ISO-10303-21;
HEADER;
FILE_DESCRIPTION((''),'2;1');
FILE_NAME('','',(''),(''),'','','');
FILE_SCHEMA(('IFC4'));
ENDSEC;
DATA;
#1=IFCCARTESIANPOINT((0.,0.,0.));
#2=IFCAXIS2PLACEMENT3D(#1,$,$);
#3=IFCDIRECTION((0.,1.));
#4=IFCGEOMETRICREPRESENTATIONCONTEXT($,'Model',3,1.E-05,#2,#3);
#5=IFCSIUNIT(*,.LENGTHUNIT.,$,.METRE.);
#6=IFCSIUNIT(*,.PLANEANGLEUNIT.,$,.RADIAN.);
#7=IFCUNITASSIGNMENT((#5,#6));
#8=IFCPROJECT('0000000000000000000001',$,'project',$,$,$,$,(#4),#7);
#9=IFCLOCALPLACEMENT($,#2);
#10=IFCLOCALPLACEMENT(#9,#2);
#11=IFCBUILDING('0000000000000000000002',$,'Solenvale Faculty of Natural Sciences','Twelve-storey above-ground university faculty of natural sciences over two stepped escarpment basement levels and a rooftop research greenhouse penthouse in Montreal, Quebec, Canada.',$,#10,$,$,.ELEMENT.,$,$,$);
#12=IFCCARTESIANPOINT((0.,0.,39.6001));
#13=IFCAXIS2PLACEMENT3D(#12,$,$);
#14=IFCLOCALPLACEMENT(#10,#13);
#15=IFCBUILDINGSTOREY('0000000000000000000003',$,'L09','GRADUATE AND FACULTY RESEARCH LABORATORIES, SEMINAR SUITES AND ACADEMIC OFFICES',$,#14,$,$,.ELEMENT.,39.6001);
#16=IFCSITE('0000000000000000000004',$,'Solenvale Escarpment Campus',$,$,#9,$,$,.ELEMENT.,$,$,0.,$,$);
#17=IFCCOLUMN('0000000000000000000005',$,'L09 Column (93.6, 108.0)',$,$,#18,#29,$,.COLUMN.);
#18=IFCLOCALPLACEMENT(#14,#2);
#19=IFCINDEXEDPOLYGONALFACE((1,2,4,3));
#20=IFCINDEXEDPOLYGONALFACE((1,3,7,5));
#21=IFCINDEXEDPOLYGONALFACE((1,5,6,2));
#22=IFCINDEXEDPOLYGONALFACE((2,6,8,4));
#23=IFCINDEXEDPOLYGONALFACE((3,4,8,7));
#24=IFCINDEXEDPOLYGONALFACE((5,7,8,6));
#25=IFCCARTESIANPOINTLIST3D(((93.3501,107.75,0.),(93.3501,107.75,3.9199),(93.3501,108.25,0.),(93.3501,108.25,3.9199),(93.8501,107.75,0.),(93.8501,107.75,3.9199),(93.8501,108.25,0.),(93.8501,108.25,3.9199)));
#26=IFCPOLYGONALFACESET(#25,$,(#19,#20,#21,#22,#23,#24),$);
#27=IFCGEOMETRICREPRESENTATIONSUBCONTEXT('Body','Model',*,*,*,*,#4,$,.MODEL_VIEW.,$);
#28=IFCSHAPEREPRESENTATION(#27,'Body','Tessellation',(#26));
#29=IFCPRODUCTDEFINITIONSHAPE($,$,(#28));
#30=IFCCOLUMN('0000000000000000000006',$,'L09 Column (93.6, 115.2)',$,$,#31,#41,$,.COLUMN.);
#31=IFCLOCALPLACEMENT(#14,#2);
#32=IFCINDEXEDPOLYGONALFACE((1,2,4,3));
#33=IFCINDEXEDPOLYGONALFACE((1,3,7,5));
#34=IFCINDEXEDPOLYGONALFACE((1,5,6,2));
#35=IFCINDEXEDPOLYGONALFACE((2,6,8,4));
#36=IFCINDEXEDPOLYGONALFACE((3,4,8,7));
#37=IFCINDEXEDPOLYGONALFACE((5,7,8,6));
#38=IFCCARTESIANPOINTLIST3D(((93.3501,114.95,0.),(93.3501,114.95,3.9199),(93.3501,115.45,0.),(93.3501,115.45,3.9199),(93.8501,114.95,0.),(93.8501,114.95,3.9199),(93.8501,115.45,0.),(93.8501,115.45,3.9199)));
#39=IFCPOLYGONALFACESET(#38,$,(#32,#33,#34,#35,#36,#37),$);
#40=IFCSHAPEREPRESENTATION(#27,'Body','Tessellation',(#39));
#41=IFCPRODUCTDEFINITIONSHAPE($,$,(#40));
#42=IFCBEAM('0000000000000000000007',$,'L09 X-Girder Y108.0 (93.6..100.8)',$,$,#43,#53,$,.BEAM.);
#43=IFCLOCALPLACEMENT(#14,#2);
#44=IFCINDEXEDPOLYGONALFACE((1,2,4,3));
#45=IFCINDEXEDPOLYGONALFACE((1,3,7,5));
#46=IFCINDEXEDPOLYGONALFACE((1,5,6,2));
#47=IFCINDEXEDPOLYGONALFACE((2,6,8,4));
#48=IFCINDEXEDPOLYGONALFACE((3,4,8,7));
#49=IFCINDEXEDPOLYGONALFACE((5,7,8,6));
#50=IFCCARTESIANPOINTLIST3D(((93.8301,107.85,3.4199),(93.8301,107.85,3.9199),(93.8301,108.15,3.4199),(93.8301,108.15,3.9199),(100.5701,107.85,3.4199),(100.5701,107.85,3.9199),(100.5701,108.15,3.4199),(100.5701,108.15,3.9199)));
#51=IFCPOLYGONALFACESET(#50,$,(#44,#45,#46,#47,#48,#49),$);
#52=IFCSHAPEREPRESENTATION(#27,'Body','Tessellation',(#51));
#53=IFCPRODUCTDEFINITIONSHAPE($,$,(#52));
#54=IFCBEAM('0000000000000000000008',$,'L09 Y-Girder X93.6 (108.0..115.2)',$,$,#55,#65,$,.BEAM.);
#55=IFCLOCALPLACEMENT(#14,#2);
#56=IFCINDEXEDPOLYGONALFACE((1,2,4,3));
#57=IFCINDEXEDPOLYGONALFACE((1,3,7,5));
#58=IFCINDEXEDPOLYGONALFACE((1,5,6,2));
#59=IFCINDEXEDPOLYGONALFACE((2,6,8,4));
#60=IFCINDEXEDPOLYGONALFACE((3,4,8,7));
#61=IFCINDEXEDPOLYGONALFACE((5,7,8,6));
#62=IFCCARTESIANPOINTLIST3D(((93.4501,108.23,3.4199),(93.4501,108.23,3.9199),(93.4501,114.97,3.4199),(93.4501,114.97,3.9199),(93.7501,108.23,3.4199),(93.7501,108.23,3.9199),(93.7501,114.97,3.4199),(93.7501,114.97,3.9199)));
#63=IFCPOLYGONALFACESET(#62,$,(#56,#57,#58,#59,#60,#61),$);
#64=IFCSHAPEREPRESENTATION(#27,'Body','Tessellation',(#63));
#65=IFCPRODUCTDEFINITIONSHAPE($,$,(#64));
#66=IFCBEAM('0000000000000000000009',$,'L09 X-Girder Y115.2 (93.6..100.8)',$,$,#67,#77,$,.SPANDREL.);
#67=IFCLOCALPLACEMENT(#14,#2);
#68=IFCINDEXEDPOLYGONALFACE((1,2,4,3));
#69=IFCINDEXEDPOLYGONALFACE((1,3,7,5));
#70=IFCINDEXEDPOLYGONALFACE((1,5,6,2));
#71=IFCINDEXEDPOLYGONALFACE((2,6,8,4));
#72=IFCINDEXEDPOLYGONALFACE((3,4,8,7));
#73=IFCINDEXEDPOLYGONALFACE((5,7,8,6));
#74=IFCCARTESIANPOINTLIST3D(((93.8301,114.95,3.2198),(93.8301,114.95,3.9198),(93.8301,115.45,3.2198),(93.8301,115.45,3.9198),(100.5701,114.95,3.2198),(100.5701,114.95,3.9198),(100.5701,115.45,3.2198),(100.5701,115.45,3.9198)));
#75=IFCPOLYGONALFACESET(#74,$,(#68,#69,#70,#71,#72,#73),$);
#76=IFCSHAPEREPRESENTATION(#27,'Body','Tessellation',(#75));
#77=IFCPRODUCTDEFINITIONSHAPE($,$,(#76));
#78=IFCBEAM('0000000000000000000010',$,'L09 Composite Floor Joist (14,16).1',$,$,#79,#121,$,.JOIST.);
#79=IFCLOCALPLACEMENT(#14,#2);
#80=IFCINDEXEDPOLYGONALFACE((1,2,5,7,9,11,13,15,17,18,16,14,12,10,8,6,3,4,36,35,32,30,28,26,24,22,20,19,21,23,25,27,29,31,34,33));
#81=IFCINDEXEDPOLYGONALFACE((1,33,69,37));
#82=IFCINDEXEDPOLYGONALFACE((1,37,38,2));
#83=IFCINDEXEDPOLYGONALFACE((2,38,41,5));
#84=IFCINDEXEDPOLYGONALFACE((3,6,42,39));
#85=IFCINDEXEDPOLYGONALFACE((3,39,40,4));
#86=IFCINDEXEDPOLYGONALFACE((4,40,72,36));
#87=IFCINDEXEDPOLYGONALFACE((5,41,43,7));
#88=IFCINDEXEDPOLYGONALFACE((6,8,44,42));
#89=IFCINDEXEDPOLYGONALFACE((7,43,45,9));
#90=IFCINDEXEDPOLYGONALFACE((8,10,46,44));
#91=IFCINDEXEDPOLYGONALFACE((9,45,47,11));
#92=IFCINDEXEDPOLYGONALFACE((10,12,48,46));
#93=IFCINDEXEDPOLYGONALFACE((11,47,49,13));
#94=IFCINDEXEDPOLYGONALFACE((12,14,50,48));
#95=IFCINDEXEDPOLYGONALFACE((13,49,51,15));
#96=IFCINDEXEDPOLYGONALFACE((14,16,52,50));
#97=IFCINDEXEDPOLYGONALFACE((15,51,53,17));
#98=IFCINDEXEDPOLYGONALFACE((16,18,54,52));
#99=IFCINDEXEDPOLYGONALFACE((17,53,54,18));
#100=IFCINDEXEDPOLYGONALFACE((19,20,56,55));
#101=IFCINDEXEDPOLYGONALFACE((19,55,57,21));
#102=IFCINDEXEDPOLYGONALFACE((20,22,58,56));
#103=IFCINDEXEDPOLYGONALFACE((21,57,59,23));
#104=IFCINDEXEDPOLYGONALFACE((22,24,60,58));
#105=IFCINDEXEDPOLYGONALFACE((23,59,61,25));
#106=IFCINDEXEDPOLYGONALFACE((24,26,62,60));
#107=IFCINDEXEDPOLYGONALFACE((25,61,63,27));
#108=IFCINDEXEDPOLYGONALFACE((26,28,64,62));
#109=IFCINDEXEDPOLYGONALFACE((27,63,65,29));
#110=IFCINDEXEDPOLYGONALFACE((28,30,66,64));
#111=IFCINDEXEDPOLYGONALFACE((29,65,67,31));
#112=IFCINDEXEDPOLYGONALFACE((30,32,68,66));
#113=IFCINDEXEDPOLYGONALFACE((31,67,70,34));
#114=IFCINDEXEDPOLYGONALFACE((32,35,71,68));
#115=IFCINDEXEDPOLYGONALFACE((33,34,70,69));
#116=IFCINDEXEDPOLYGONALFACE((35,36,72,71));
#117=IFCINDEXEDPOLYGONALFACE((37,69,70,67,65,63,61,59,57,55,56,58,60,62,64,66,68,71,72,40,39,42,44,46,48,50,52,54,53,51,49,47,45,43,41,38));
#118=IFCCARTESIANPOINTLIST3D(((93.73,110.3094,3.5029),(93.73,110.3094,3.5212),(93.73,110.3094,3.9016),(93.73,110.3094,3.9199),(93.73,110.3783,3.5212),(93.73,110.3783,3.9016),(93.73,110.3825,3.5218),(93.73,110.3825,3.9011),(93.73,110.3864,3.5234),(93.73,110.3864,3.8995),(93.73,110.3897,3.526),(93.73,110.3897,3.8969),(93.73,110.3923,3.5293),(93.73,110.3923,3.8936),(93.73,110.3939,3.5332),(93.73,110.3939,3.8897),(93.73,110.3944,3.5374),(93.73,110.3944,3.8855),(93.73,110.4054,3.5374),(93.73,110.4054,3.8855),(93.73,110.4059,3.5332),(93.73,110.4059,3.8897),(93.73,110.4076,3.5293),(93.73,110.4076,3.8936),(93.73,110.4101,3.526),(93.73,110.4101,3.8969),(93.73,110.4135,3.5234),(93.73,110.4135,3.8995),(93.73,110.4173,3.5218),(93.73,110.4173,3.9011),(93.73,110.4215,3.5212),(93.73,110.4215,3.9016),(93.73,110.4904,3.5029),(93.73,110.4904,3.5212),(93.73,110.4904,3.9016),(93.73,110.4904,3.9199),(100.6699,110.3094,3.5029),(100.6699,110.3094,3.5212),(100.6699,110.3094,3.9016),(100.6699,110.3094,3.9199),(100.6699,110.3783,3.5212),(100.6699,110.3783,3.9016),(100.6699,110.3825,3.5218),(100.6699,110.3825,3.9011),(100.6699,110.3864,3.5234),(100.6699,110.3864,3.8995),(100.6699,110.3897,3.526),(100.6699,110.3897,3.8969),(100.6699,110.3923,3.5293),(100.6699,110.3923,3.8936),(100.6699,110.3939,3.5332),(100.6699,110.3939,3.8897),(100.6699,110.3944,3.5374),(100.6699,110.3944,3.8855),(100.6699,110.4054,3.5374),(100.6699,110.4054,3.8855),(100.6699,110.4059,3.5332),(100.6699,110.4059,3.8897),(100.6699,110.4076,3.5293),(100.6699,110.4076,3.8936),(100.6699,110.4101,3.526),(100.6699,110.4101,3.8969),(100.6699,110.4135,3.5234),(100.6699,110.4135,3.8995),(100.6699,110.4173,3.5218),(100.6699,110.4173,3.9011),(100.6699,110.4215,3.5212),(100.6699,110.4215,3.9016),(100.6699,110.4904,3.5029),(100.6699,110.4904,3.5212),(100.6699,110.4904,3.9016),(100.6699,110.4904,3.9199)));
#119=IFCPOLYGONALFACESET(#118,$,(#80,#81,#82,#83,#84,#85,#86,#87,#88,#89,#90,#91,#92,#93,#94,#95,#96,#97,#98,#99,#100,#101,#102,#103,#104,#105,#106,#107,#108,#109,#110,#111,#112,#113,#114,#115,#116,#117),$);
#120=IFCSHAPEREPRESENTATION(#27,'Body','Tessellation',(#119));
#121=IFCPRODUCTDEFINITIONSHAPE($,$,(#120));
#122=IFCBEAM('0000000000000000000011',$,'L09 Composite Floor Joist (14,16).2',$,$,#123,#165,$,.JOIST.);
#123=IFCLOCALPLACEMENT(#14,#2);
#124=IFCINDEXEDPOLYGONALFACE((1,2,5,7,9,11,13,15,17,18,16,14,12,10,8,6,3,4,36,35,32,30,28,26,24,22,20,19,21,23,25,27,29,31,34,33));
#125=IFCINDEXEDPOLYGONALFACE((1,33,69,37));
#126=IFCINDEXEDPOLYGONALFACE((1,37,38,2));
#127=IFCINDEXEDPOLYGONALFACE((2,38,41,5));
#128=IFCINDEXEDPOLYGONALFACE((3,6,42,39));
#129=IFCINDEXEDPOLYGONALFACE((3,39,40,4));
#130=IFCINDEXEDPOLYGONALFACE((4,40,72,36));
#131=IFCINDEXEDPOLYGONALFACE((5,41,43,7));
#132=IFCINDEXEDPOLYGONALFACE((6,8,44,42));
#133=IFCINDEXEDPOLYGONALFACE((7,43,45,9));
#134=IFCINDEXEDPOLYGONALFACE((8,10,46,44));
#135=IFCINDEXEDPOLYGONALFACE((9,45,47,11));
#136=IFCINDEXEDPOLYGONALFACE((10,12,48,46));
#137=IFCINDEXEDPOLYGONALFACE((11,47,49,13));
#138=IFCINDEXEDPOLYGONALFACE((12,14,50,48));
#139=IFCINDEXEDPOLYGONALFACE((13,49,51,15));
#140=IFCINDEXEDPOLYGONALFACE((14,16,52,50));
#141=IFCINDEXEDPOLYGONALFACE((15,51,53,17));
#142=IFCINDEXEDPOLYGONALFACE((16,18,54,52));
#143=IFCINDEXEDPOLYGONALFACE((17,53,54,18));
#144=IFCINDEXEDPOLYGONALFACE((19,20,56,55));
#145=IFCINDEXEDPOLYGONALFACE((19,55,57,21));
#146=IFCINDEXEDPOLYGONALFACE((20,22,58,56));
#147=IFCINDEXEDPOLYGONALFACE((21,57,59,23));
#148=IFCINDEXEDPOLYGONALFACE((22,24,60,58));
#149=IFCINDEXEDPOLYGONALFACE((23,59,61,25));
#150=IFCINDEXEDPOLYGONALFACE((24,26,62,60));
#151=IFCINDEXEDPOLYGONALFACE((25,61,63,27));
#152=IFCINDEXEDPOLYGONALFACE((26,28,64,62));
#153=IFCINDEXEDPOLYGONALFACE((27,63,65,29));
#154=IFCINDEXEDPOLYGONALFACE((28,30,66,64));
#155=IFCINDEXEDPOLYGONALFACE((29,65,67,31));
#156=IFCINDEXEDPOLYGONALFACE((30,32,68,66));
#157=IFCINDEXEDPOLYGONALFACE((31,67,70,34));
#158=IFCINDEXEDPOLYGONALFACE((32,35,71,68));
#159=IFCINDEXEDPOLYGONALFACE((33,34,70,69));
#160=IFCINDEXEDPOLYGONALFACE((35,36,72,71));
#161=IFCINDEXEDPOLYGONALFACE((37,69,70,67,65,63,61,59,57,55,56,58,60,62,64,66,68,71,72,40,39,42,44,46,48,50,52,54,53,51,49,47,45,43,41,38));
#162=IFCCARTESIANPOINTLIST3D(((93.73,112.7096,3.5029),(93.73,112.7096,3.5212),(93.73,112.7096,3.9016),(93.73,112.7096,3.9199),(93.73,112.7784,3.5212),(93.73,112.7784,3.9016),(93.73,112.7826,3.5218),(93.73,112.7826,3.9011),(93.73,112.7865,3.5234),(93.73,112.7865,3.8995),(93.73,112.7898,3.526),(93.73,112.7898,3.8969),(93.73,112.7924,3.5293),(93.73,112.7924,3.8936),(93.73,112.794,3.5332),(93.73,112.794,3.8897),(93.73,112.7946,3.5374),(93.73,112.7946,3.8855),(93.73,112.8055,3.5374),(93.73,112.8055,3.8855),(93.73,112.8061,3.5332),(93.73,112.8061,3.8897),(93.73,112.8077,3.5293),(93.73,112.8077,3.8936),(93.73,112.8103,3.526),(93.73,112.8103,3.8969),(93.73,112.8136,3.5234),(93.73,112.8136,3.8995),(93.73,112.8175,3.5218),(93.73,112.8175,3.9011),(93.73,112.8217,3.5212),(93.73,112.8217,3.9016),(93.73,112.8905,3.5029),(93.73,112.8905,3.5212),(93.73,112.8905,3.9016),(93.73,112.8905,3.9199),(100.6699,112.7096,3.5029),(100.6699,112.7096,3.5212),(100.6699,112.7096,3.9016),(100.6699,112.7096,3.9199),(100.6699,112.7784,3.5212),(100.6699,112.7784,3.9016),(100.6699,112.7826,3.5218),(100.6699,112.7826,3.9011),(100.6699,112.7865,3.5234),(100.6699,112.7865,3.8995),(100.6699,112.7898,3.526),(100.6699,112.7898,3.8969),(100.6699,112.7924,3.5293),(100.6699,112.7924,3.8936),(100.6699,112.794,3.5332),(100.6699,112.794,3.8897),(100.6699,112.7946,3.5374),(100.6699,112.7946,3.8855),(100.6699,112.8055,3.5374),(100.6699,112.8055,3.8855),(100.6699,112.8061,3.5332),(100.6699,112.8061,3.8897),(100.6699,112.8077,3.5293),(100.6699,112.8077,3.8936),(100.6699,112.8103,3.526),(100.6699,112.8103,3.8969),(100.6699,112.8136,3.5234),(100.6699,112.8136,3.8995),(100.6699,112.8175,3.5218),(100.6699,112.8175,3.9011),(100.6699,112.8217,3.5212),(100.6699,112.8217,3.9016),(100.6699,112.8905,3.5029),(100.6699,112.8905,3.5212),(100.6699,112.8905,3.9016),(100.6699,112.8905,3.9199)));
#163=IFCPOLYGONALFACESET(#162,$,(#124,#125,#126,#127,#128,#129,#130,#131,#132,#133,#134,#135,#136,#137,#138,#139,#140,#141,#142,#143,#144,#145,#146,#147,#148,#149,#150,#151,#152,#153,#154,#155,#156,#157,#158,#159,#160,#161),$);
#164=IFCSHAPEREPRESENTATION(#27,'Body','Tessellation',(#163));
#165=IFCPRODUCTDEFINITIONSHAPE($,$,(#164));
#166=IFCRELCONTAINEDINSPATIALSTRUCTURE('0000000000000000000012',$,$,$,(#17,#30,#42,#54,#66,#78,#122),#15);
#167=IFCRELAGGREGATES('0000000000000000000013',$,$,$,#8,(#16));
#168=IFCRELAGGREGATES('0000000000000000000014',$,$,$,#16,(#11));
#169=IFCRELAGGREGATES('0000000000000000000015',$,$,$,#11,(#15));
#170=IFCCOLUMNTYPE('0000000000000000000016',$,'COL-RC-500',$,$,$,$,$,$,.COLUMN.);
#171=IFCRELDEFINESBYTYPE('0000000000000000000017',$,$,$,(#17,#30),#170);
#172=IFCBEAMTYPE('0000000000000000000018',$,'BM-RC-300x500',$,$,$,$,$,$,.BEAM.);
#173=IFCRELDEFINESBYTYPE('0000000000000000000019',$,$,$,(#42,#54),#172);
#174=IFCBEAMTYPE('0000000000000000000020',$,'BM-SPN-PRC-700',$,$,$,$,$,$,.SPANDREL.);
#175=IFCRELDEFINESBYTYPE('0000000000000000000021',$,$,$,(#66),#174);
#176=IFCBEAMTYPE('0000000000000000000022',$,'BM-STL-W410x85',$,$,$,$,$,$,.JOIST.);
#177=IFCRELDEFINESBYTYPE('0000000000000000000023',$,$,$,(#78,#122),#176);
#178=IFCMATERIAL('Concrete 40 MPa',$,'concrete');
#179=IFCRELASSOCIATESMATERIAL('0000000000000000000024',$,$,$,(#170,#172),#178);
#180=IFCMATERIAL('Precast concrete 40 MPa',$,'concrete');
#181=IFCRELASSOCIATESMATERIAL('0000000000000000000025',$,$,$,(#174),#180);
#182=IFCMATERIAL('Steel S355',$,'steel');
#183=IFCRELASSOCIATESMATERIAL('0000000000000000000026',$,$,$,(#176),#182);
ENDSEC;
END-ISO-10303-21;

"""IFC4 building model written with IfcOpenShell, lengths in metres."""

from ifc_helpers import new_model, si_unit, direction, frame, origin, origin_2d, place, context, subcontext, project, spatial, rectangle, i_section, extrude, material, material_profile, profile_set, type_object, element, save


model = new_model("IFC4")

# Units and contexts
model_context = context("Model", 3, precision=1e-05, world=origin(), true_north=direction((0.0, 1.0)))
body_context = subcontext(model_context, "Body", "Model", "MODEL_VIEW")
ifc_project = project(units=[si_unit("LENGTHUNIT", "METRE"), si_unit("PLANEANGLEUNIT", "RADIAN")], contexts=[model_context])

# Site, building, storey
site_placement = place(None, origin())
site = spatial("IfcSite", under=ifc_project, at=site_placement, Name="Solenvale Escarpment Campus", CompositionType="ELEMENT", RefElevation=0.0)
building_placement = place(site_placement, origin())
building = spatial("IfcBuilding", under=site, at=building_placement, Name="Solenvale Faculty of Natural Sciences", Description="Twelve-storey above-ground university faculty of natural sciences over two stepped escarpment basement levels and a rooftop research greenhouse penthouse in Montreal, Quebec, Canada.", CompositionType="ELEMENT")
storey_placement = place(building_placement, frame((0.0, 0.0, 39.6001)))
storey = spatial("IfcBuildingStorey", under=building, at=storey_placement, Name="L09", Description="GRADUATE AND FACULTY RESEARCH LABORATORIES, SEMINAR SUITES AND ACADEMIC OFFICES", CompositionType="ELEMENT", Elevation=39.6001)

# Columns
ifc_material_1 = material(Name="Concrete 40 MPa", Category="concrete")
ifc_material_profile_1 = material_profile(ifc_material_1, rectangle(XDim=0.5, YDim=0.5, at=origin_2d()), Name="RC-COL-500x500")
ifc_profile_set_1 = profile_set([ifc_material_profile_1], Name="Concrete 40 MPa")
column_type = type_object("IfcColumnType", Name="COL-RC-500", PredefinedType="COLUMN", material=ifc_profile_set_1)
for number, where, z_axis, x_axis, name in (
    (1, (93.6001, 108.0, 0.0), (0.0, 0.0, 1.0), (1.0, 0.0, 0.0), "L09 Column (93.6, 108.0)"),
    (2, (93.6001, 115.2, 0.0), (0.0, 0.0, 1.0), (1.0, 0.0, 0.0), "L09 Column (93.6, 115.2)"),
):
    element("IfcColumn", number, at=place(storey_placement, frame(where, z_axis=z_axis, x_axis=x_axis)), inside=storey, type_object=column_type, Name=name, PredefinedType="COLUMN", context=body_context, shape_type="SweptSolid", body=[
        extrude(rectangle(XDim=0.5, YDim=0.5, at=origin_2d()), origin(), (0.0, 0.0, 1.0), 3.9199),
    ])

# Beams
ifc_material_profile_2 = material_profile(ifc_material_1, rectangle(XDim=0.3, YDim=0.5, at=origin_2d()), Name="RC-BM-300x500")
ifc_profile_set_2 = profile_set([ifc_material_profile_2], Name="Concrete 40 MPa")
beam_type_1 = type_object("IfcBeamType", Name="BM-RC-300x500", PredefinedType="BEAM", material=ifc_profile_set_2)
for number, where, z_axis, x_axis, name in (
    (3, (93.8301, 108.0, 3.6699), (1.0, 0.0, 0.0), (0.0, 1.0, 0.0), "L09 X-Girder Y108.0 (93.6..100.8)"),
    (4, (93.6001, 108.23, 3.6699), (0.0, 1.0, 0.0), (-1.0, 0.0, 0.0), "L09 Y-Girder X93.6 (108.0..115.2)"),
):
    element("IfcBeam", number, at=place(storey_placement, frame(where, z_axis=z_axis, x_axis=x_axis)), inside=storey, type_object=beam_type_1, Name=name, PredefinedType="BEAM", context=body_context, shape_type="SweptSolid", body=[
        extrude(rectangle(XDim=0.3, YDim=0.5, at=origin_2d()), origin(), (0.0, 0.0, 1.0), 6.74),
    ])
ifc_material_2 = material(Name="Precast concrete 40 MPa", Category="concrete")
ifc_material_profile_3 = material_profile(ifc_material_2, rectangle(XDim=0.5, YDim=0.7, at=origin_2d()), Name="RC-BM-500x700")
ifc_profile_set_3 = profile_set([ifc_material_profile_3], Name="Precast concrete 40 MPa")
beam_type_2 = type_object("IfcBeamType", Name="BM-SPN-PRC-700", PredefinedType="SPANDREL", material=ifc_profile_set_3)
beam_1_placement = place(storey_placement, frame((93.8301, 115.2, 3.5698), z_axis=(1.0, 0.0, 0.0), x_axis=(0.0, 1.0, 0.0)))
element("IfcBeam", 5, at=beam_1_placement, inside=storey, type_object=beam_type_2, Name="L09 X-Girder Y115.2 (93.6..100.8)", PredefinedType="SPANDREL", context=body_context, shape_type="SweptSolid", body=[
    extrude(rectangle(XDim=0.5, YDim=0.7, at=origin_2d()), origin(), (0.0, 0.0, 1.0), 6.74),
])
ifc_material_3 = material(Name="Steel S355", Category="steel")
ifc_material_profile_4 = material_profile(ifc_material_3, i_section(OverallWidth=0.1809, OverallDepth=0.417, WebThickness=0.011, FlangeThickness=0.0183, FilletRadius=0.0161, at=origin_2d()), Name="W410x85")
ifc_profile_set_4 = profile_set([ifc_material_profile_4], Name="Steel S355")
beam_type_3 = type_object("IfcBeamType", Name="BM-STL-W410x85", PredefinedType="JOIST", material=ifc_profile_set_4)
for number, where, z_axis, x_axis, name in (
    (6, (93.73, 110.3999, 3.7114), (1.0, 0.0, 0.0), (0.0, 1.0, 0.0), "L09 Composite Floor Joist (14,16).1"),
    (7, (93.73, 112.8, 3.7114), (1.0, 0.0, 0.0), (0.0, 1.0, 0.0), "L09 Composite Floor Joist (14,16).2"),
):
    element("IfcBeam", number, at=place(storey_placement, frame(where, z_axis=z_axis, x_axis=x_axis)), inside=storey, type_object=beam_type_3, Name=name, PredefinedType="JOIST", context=body_context, shape_type="SweptSolid", body=[
        extrude(i_section(OverallWidth=0.1809, OverallDepth=0.417, WebThickness=0.011, FlangeThickness=0.0183, FilletRadius=0.0161, at=origin_2d()), origin(), (0.0, 0.0, 1.0), 6.9399),
    ])

save(model, "model.ifc")
